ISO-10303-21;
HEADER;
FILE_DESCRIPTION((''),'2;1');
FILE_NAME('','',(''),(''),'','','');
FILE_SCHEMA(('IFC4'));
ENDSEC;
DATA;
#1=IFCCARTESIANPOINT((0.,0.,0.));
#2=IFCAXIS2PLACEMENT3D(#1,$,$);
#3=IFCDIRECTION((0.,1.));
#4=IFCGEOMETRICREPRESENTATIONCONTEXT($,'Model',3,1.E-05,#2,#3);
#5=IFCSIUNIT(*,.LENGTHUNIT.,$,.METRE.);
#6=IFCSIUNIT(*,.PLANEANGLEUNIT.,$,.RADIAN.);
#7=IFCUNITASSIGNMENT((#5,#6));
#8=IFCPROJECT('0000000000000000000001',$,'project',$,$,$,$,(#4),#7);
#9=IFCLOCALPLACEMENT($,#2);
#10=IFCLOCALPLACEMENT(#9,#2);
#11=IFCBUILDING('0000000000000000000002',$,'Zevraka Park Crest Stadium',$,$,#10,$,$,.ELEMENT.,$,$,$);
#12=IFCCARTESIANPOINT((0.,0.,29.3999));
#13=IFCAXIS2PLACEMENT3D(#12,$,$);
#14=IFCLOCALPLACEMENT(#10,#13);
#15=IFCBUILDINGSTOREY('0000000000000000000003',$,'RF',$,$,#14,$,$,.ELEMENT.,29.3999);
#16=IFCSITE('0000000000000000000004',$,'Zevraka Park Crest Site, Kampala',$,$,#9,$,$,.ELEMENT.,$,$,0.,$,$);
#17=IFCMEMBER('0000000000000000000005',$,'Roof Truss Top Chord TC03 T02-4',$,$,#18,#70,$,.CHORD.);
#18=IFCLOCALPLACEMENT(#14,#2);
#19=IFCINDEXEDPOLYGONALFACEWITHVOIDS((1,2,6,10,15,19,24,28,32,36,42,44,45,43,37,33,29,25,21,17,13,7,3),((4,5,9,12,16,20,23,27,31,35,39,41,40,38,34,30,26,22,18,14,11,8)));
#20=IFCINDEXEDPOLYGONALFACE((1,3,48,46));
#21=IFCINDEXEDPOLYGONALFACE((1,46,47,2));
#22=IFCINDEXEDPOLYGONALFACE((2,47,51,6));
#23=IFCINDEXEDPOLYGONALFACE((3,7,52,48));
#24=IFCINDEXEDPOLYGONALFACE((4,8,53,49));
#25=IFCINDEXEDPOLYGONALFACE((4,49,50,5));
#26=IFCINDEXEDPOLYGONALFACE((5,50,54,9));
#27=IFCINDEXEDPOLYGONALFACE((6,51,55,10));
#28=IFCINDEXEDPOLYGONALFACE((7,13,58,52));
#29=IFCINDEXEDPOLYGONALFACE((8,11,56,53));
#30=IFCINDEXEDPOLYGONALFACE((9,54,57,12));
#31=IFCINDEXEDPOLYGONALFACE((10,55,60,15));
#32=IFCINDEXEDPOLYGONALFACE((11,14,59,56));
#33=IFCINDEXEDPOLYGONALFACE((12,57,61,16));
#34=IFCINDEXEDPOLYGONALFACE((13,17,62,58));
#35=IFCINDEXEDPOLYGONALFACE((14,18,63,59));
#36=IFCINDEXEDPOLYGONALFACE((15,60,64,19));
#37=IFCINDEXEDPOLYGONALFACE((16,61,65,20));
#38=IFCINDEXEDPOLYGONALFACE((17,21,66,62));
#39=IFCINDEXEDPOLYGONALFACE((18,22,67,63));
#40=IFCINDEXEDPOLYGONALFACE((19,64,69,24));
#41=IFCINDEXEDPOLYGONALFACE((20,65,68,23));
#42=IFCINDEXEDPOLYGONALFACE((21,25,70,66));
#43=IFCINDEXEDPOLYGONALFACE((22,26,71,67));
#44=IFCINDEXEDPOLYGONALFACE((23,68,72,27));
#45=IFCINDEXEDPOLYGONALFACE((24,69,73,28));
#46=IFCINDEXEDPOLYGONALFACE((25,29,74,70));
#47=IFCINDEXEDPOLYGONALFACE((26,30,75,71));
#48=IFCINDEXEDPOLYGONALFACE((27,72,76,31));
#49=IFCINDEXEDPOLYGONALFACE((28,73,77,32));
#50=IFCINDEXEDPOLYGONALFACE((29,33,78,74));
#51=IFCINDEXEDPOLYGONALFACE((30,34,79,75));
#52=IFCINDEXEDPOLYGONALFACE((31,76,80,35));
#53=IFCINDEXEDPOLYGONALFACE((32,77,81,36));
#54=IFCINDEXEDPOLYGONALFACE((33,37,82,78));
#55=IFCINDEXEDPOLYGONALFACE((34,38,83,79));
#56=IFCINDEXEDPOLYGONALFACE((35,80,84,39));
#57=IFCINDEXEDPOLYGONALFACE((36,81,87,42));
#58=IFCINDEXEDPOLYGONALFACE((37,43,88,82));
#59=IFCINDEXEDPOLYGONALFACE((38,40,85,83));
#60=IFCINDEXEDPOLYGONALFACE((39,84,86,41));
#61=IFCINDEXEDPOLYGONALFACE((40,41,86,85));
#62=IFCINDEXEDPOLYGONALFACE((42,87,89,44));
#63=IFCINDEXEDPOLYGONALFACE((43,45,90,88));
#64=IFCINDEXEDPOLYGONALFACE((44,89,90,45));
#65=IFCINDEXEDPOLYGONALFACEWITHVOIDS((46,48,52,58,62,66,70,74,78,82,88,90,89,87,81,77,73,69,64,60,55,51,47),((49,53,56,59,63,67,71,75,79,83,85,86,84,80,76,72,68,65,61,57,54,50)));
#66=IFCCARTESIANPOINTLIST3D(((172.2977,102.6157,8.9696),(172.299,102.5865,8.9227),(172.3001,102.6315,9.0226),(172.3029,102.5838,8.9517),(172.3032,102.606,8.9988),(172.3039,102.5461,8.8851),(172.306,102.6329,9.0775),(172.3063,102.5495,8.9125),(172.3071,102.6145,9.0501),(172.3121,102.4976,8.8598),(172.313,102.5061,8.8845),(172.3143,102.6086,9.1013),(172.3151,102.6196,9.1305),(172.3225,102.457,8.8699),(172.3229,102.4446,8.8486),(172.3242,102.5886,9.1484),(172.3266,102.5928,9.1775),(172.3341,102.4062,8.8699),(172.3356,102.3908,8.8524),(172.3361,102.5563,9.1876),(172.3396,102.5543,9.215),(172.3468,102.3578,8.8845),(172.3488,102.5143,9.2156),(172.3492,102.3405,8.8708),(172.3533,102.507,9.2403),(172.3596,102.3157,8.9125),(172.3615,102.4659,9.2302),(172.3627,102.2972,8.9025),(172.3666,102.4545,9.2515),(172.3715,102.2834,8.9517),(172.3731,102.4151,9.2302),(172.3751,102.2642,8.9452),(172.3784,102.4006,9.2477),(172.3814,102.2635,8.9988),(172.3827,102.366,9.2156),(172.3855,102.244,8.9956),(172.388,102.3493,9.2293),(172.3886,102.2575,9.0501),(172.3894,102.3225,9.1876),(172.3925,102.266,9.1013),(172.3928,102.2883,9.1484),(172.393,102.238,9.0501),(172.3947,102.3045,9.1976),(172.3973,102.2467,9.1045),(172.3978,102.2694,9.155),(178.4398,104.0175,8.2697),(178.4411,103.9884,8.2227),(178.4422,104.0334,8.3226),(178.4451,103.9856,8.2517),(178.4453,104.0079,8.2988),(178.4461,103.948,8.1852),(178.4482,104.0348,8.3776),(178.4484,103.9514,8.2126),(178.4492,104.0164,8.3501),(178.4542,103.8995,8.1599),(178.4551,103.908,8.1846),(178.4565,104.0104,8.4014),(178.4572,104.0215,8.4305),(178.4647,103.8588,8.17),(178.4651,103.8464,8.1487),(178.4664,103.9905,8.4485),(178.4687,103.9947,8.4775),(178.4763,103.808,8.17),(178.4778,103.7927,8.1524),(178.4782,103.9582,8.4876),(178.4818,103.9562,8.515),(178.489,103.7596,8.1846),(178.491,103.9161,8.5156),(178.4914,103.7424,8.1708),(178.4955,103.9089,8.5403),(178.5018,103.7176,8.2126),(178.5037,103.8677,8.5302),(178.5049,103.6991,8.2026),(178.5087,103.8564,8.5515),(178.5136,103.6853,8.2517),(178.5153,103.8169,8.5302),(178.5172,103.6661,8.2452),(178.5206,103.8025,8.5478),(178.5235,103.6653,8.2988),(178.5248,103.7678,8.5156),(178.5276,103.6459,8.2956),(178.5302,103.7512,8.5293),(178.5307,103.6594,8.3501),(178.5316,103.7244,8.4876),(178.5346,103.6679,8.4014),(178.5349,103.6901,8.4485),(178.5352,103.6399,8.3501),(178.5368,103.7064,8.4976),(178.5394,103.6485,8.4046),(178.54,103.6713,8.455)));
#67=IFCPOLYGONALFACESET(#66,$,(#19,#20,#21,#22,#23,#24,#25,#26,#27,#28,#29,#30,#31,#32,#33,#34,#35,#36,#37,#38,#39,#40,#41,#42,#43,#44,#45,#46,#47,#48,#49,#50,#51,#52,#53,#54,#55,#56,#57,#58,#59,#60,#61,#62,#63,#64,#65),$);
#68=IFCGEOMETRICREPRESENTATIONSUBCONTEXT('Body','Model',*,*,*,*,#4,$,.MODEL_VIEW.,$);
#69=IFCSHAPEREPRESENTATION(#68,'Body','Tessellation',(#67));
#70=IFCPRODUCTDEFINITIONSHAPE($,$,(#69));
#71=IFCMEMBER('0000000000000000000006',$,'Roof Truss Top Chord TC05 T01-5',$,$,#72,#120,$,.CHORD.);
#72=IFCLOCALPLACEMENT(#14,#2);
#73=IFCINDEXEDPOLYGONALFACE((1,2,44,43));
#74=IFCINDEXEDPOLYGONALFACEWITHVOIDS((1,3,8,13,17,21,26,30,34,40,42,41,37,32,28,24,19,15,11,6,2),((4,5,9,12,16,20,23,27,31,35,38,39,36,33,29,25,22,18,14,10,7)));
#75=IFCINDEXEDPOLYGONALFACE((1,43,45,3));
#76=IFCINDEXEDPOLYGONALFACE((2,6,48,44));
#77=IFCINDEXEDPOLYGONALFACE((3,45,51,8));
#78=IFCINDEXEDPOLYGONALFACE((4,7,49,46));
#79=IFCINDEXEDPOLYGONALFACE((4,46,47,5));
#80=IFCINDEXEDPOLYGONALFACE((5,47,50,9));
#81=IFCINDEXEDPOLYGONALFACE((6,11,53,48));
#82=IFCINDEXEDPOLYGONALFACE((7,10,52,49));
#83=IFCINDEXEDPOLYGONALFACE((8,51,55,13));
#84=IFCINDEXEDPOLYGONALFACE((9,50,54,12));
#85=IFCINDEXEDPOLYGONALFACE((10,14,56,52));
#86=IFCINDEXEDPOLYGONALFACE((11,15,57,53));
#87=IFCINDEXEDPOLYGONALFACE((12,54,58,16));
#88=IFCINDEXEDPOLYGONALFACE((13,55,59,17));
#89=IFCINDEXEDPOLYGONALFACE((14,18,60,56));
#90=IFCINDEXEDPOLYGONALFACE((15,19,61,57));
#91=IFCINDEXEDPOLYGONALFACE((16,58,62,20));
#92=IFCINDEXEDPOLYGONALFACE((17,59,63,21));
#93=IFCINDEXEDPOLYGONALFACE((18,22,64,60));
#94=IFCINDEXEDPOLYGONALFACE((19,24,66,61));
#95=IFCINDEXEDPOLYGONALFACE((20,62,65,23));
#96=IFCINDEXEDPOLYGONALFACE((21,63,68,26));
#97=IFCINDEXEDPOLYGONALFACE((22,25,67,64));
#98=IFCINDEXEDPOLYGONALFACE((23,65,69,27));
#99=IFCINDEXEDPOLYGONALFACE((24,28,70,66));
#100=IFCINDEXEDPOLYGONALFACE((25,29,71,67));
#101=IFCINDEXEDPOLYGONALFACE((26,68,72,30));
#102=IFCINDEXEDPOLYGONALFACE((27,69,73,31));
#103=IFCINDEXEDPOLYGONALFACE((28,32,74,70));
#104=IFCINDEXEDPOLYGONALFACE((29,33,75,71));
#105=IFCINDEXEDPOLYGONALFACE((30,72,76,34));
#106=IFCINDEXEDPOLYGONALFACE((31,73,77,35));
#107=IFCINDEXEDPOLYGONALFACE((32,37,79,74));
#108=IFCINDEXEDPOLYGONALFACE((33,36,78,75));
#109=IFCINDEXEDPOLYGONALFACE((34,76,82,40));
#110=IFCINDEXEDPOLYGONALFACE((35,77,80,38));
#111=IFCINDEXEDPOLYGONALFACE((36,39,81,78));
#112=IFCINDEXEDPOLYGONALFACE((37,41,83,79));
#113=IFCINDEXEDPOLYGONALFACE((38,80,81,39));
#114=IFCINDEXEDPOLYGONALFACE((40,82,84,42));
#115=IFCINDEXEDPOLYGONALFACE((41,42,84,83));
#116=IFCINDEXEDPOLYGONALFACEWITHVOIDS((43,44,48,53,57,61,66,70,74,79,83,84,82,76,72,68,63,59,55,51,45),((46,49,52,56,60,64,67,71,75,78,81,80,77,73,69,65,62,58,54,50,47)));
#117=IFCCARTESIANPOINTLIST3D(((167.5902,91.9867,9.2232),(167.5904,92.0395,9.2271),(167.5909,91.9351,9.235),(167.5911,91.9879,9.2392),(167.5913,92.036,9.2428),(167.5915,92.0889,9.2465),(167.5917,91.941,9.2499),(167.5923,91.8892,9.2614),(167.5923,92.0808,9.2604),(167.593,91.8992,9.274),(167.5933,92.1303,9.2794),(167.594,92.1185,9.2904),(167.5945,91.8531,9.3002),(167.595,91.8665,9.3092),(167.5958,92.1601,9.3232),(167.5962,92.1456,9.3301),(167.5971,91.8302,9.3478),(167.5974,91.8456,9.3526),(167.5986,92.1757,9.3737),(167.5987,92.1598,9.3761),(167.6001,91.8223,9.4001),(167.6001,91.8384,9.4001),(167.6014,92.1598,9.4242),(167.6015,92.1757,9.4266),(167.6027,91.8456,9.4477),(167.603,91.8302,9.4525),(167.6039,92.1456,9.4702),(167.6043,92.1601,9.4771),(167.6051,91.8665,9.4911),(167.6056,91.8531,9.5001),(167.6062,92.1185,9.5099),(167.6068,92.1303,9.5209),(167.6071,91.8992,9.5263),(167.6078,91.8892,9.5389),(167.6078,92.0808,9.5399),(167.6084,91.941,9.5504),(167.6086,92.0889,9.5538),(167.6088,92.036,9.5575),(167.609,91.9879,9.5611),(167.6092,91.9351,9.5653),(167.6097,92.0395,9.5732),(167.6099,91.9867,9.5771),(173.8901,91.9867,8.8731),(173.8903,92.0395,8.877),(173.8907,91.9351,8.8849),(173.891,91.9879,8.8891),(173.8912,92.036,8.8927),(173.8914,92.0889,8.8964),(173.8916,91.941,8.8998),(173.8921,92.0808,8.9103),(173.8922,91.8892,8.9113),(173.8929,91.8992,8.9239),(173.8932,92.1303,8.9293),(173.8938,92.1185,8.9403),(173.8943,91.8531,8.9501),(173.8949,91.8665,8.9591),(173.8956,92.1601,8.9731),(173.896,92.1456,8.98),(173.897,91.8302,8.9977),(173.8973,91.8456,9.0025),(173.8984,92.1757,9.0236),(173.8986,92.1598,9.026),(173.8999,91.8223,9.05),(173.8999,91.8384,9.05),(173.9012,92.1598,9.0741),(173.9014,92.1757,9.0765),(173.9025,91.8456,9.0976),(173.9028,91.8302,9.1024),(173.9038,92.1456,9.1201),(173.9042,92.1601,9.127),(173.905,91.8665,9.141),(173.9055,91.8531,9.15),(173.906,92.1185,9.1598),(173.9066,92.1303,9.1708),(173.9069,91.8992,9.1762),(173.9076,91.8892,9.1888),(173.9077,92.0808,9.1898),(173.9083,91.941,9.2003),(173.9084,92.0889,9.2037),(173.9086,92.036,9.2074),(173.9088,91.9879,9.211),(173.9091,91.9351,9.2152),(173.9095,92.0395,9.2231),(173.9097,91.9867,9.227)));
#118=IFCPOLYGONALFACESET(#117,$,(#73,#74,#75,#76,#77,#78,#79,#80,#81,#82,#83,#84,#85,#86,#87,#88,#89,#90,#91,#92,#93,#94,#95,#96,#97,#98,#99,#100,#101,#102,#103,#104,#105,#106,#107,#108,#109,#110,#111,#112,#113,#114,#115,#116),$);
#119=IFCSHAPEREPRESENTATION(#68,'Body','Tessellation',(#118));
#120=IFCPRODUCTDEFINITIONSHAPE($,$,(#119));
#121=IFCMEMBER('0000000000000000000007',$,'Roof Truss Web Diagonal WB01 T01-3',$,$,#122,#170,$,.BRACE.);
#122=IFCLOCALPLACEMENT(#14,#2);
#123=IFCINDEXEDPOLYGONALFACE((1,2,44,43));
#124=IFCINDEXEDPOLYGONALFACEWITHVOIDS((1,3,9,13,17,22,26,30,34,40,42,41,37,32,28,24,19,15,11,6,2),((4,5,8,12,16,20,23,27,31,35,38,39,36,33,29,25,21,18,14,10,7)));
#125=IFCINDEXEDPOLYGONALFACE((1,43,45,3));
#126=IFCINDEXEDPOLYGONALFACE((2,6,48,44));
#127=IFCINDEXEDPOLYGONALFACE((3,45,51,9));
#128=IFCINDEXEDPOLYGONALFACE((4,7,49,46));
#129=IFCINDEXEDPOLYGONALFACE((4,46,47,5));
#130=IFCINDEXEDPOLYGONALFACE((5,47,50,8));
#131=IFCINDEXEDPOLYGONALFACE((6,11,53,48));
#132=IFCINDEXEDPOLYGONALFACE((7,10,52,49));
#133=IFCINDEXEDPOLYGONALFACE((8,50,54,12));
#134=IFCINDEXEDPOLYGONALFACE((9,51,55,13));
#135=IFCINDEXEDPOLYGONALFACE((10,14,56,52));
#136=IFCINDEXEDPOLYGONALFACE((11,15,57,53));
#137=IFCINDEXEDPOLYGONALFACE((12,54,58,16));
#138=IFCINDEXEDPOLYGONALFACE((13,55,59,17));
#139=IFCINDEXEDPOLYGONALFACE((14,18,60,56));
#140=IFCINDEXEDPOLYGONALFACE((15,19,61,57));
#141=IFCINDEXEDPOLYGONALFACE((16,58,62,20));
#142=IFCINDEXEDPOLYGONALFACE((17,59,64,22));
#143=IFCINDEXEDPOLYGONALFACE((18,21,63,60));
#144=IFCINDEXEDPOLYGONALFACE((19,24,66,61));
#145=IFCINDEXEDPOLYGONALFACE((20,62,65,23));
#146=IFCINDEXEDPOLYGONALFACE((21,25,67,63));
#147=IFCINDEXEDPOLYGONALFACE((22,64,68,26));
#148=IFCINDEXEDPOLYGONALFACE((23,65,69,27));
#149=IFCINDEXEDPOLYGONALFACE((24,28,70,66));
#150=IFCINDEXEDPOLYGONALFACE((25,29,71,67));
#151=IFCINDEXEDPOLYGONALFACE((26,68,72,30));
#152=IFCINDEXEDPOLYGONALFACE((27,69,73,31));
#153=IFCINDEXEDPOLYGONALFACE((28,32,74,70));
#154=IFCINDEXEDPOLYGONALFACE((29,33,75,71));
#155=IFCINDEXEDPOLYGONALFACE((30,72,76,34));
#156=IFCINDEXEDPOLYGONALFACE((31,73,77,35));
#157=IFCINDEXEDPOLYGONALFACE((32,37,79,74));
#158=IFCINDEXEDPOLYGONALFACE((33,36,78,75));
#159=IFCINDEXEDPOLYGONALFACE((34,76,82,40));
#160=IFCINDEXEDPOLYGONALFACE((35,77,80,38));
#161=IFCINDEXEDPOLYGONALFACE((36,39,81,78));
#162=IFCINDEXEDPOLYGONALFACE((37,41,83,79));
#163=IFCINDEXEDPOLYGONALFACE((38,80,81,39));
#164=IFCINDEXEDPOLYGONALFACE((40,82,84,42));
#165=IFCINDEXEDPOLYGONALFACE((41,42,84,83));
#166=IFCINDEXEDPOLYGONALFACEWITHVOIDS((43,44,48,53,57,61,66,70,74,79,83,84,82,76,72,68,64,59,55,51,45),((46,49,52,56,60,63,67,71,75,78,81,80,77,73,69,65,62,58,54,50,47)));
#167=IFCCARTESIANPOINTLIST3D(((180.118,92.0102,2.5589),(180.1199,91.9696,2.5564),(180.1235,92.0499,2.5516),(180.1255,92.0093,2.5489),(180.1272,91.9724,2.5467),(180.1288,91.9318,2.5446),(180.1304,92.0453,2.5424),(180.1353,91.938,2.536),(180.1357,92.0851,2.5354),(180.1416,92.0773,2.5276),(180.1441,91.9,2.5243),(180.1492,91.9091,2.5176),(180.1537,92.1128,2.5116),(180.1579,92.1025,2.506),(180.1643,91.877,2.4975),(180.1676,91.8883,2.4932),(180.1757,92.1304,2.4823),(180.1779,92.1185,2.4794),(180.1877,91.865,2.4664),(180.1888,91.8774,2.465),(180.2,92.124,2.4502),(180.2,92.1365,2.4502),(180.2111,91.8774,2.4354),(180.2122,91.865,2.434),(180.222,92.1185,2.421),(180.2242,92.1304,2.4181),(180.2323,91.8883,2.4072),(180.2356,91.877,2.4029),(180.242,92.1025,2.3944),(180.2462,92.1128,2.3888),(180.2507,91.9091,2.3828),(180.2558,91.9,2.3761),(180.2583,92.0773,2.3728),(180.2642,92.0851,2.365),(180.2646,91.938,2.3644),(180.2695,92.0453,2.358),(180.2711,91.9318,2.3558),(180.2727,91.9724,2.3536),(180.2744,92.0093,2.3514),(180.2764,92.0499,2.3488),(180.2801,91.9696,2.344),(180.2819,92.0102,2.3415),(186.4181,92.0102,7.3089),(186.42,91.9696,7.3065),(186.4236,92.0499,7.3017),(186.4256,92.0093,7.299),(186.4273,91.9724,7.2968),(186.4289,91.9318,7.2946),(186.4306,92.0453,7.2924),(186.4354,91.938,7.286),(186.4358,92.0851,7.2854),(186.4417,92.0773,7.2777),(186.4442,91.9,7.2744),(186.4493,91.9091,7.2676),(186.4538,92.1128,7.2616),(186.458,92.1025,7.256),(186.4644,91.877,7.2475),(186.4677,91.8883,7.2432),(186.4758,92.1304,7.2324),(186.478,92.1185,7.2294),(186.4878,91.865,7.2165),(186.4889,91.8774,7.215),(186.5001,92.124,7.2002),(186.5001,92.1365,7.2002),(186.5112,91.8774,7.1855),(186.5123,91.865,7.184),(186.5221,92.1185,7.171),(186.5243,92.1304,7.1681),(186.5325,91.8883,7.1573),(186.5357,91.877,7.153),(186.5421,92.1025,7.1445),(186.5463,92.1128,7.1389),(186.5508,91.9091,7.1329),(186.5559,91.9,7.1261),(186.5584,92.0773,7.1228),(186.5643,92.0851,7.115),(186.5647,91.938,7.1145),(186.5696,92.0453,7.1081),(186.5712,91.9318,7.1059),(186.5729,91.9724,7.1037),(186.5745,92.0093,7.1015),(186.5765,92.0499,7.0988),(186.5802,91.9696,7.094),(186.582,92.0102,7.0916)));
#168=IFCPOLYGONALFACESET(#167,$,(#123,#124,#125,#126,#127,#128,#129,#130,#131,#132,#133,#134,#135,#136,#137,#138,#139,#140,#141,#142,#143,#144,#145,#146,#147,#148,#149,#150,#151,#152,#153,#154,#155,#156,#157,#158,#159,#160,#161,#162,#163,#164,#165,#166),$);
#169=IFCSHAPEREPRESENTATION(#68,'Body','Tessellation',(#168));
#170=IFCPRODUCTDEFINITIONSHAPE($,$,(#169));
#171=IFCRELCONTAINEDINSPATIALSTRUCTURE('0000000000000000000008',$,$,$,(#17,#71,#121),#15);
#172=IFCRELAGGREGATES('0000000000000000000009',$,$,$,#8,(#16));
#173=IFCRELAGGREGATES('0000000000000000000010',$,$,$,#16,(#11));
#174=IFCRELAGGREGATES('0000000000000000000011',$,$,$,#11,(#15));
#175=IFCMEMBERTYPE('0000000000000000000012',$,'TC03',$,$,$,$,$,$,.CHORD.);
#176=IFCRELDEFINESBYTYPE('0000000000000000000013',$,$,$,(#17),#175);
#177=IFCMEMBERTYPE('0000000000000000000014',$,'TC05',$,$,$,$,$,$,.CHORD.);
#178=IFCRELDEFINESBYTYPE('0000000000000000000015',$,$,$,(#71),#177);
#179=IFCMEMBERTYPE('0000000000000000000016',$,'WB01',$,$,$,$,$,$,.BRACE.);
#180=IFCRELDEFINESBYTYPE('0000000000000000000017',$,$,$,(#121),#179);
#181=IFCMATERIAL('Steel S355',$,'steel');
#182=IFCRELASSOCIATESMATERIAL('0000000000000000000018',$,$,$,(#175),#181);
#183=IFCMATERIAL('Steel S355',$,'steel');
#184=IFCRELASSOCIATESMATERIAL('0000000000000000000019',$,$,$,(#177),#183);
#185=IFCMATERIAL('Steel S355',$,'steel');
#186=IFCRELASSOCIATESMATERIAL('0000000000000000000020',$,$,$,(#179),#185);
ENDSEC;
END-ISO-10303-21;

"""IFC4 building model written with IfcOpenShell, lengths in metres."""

from ifc_helpers import new_model, si_unit, direction, frame, origin, origin_2d, place, context, subcontext, project, spatial, hollow_circle, extrude, material, material_profile, profile_set, type_object, element, save


model = new_model("IFC4")

# Units and contexts
model_context = context("Model", 3, precision=1e-05, world=origin(), true_north=direction((0.0, 1.0)))
body_context = subcontext(model_context, "Body", "Model", "MODEL_VIEW")
ifc_project = project(units=[si_unit("LENGTHUNIT", "METRE"), si_unit("PLANEANGLEUNIT", "RADIAN")], contexts=[model_context])

# Site, building, storey
site_placement = place(None, origin())
site = spatial("IfcSite", under=ifc_project, at=site_placement, Name="Zevraka Park Crest Site, Kampala", CompositionType="ELEMENT", RefElevation=0.0)
building_placement = place(site_placement, origin())
building = spatial("IfcBuilding", under=site, at=building_placement, Name="Zevraka Park Crest Stadium", CompositionType="ELEMENT")
storey_placement = place(building_placement, frame((0.0, 0.0, 29.3999)))
storey = spatial("IfcBuildingStorey", under=building, at=storey_placement, Name="RF", CompositionType="ELEMENT", Elevation=29.3999)

# Members
ifc_material_1 = material(Name="Steel S355", Category="steel")
ifc_material_profile_1 = material_profile(ifc_material_1, hollow_circle(Radius=0.2031, WallThickness=0.02, at=origin_2d()), Name="CHS 406.4x20")
ifc_profile_set_1 = profile_set([ifc_material_profile_1], Name="Steel S355")
member_type_1 = type_object("IfcMemberType", Name="TC03", PredefinedType="CHORD", material=ifc_profile_set_1)
member_1_placement = place(storey_placement, frame((178.49, 103.8379, 8.3501), z_axis=(-0.968967, -0.221155, 0.110423), x_axis=(0.222515, -0.974929, 0.0)))
element("IfcMember", 1, at=member_1_placement, inside=storey, type_object=member_type_1, Name="Roof Truss Top Chord TC03 T02-4", PredefinedType="CHORD", context=body_context, shape_type="SweptSolid", body=[
    extrude(hollow_circle(Radius=0.2031, WallThickness=0.02, at=origin_2d()), origin(), (0.0, 0.0, 1.0), 6.3389),
])
ifc_material_2 = material(Name="Steel S355", Category="steel")
ifc_material_profile_2 = material_profile(ifc_material_2, hollow_circle(Radius=0.1777, WallThickness=0.0161, at=origin_2d()), Name="CHS 355.6x16")
ifc_profile_set_2 = profile_set([ifc_material_profile_2], Name="Steel S355")
member_type_2 = type_object("IfcMemberType", Name="TC05", PredefinedType="CHORD", material=ifc_profile_set_2)
member_2_placement = place(storey_placement, frame((173.8999, 92.0, 9.05), z_axis=(-0.998459, 0.0, 0.055487), x_axis=(0.0, -1.0, 0.0)))
element("IfcMember", 2, at=member_2_placement, inside=storey, type_object=member_type_2, Name="Roof Truss Top Chord TC05 T01-5", PredefinedType="CHORD", context=body_context, shape_type="SweptSolid", body=[
    extrude(hollow_circle(Radius=0.1777, WallThickness=0.0161, at=origin_2d()), origin(), (0.0, 0.0, 1.0), 6.3096),
])
ifc_material_3 = material(Name="Steel S355", Category="steel")
ifc_material_profile_3 = material_profile(ifc_material_3, hollow_circle(Radius=0.1365, WallThickness=0.0125, at=origin_2d()), Name="CHS 273.0x12.5")
ifc_profile_set_3 = profile_set([ifc_material_profile_3], Name="Steel S355")
member_type_3 = type_object("IfcMemberType", Name="WB01", PredefinedType="BRACE", material=ifc_profile_set_3)
for number, where, z_axis, x_axis, name in (
    (3, (180.2, 92.0, 2.4502), (0.798479, 0.0, 0.602023), (0.0, 1.0, 0.0), "Roof Truss Web Diagonal WB01 T01-3"),
):
    element("IfcMember", number, at=place(storey_placement, frame(where, z_axis=z_axis, x_axis=x_axis)), inside=storey, type_object=member_type_3, Name=name, PredefinedType="BRACE", context=body_context, shape_type="SweptSolid", body=[
        extrude(hollow_circle(Radius=0.1365, WallThickness=0.0125, at=origin_2d()), origin(), (0.0, 0.0, 1.0), 7.8901),
    ])

save(model, "model.ifc")
